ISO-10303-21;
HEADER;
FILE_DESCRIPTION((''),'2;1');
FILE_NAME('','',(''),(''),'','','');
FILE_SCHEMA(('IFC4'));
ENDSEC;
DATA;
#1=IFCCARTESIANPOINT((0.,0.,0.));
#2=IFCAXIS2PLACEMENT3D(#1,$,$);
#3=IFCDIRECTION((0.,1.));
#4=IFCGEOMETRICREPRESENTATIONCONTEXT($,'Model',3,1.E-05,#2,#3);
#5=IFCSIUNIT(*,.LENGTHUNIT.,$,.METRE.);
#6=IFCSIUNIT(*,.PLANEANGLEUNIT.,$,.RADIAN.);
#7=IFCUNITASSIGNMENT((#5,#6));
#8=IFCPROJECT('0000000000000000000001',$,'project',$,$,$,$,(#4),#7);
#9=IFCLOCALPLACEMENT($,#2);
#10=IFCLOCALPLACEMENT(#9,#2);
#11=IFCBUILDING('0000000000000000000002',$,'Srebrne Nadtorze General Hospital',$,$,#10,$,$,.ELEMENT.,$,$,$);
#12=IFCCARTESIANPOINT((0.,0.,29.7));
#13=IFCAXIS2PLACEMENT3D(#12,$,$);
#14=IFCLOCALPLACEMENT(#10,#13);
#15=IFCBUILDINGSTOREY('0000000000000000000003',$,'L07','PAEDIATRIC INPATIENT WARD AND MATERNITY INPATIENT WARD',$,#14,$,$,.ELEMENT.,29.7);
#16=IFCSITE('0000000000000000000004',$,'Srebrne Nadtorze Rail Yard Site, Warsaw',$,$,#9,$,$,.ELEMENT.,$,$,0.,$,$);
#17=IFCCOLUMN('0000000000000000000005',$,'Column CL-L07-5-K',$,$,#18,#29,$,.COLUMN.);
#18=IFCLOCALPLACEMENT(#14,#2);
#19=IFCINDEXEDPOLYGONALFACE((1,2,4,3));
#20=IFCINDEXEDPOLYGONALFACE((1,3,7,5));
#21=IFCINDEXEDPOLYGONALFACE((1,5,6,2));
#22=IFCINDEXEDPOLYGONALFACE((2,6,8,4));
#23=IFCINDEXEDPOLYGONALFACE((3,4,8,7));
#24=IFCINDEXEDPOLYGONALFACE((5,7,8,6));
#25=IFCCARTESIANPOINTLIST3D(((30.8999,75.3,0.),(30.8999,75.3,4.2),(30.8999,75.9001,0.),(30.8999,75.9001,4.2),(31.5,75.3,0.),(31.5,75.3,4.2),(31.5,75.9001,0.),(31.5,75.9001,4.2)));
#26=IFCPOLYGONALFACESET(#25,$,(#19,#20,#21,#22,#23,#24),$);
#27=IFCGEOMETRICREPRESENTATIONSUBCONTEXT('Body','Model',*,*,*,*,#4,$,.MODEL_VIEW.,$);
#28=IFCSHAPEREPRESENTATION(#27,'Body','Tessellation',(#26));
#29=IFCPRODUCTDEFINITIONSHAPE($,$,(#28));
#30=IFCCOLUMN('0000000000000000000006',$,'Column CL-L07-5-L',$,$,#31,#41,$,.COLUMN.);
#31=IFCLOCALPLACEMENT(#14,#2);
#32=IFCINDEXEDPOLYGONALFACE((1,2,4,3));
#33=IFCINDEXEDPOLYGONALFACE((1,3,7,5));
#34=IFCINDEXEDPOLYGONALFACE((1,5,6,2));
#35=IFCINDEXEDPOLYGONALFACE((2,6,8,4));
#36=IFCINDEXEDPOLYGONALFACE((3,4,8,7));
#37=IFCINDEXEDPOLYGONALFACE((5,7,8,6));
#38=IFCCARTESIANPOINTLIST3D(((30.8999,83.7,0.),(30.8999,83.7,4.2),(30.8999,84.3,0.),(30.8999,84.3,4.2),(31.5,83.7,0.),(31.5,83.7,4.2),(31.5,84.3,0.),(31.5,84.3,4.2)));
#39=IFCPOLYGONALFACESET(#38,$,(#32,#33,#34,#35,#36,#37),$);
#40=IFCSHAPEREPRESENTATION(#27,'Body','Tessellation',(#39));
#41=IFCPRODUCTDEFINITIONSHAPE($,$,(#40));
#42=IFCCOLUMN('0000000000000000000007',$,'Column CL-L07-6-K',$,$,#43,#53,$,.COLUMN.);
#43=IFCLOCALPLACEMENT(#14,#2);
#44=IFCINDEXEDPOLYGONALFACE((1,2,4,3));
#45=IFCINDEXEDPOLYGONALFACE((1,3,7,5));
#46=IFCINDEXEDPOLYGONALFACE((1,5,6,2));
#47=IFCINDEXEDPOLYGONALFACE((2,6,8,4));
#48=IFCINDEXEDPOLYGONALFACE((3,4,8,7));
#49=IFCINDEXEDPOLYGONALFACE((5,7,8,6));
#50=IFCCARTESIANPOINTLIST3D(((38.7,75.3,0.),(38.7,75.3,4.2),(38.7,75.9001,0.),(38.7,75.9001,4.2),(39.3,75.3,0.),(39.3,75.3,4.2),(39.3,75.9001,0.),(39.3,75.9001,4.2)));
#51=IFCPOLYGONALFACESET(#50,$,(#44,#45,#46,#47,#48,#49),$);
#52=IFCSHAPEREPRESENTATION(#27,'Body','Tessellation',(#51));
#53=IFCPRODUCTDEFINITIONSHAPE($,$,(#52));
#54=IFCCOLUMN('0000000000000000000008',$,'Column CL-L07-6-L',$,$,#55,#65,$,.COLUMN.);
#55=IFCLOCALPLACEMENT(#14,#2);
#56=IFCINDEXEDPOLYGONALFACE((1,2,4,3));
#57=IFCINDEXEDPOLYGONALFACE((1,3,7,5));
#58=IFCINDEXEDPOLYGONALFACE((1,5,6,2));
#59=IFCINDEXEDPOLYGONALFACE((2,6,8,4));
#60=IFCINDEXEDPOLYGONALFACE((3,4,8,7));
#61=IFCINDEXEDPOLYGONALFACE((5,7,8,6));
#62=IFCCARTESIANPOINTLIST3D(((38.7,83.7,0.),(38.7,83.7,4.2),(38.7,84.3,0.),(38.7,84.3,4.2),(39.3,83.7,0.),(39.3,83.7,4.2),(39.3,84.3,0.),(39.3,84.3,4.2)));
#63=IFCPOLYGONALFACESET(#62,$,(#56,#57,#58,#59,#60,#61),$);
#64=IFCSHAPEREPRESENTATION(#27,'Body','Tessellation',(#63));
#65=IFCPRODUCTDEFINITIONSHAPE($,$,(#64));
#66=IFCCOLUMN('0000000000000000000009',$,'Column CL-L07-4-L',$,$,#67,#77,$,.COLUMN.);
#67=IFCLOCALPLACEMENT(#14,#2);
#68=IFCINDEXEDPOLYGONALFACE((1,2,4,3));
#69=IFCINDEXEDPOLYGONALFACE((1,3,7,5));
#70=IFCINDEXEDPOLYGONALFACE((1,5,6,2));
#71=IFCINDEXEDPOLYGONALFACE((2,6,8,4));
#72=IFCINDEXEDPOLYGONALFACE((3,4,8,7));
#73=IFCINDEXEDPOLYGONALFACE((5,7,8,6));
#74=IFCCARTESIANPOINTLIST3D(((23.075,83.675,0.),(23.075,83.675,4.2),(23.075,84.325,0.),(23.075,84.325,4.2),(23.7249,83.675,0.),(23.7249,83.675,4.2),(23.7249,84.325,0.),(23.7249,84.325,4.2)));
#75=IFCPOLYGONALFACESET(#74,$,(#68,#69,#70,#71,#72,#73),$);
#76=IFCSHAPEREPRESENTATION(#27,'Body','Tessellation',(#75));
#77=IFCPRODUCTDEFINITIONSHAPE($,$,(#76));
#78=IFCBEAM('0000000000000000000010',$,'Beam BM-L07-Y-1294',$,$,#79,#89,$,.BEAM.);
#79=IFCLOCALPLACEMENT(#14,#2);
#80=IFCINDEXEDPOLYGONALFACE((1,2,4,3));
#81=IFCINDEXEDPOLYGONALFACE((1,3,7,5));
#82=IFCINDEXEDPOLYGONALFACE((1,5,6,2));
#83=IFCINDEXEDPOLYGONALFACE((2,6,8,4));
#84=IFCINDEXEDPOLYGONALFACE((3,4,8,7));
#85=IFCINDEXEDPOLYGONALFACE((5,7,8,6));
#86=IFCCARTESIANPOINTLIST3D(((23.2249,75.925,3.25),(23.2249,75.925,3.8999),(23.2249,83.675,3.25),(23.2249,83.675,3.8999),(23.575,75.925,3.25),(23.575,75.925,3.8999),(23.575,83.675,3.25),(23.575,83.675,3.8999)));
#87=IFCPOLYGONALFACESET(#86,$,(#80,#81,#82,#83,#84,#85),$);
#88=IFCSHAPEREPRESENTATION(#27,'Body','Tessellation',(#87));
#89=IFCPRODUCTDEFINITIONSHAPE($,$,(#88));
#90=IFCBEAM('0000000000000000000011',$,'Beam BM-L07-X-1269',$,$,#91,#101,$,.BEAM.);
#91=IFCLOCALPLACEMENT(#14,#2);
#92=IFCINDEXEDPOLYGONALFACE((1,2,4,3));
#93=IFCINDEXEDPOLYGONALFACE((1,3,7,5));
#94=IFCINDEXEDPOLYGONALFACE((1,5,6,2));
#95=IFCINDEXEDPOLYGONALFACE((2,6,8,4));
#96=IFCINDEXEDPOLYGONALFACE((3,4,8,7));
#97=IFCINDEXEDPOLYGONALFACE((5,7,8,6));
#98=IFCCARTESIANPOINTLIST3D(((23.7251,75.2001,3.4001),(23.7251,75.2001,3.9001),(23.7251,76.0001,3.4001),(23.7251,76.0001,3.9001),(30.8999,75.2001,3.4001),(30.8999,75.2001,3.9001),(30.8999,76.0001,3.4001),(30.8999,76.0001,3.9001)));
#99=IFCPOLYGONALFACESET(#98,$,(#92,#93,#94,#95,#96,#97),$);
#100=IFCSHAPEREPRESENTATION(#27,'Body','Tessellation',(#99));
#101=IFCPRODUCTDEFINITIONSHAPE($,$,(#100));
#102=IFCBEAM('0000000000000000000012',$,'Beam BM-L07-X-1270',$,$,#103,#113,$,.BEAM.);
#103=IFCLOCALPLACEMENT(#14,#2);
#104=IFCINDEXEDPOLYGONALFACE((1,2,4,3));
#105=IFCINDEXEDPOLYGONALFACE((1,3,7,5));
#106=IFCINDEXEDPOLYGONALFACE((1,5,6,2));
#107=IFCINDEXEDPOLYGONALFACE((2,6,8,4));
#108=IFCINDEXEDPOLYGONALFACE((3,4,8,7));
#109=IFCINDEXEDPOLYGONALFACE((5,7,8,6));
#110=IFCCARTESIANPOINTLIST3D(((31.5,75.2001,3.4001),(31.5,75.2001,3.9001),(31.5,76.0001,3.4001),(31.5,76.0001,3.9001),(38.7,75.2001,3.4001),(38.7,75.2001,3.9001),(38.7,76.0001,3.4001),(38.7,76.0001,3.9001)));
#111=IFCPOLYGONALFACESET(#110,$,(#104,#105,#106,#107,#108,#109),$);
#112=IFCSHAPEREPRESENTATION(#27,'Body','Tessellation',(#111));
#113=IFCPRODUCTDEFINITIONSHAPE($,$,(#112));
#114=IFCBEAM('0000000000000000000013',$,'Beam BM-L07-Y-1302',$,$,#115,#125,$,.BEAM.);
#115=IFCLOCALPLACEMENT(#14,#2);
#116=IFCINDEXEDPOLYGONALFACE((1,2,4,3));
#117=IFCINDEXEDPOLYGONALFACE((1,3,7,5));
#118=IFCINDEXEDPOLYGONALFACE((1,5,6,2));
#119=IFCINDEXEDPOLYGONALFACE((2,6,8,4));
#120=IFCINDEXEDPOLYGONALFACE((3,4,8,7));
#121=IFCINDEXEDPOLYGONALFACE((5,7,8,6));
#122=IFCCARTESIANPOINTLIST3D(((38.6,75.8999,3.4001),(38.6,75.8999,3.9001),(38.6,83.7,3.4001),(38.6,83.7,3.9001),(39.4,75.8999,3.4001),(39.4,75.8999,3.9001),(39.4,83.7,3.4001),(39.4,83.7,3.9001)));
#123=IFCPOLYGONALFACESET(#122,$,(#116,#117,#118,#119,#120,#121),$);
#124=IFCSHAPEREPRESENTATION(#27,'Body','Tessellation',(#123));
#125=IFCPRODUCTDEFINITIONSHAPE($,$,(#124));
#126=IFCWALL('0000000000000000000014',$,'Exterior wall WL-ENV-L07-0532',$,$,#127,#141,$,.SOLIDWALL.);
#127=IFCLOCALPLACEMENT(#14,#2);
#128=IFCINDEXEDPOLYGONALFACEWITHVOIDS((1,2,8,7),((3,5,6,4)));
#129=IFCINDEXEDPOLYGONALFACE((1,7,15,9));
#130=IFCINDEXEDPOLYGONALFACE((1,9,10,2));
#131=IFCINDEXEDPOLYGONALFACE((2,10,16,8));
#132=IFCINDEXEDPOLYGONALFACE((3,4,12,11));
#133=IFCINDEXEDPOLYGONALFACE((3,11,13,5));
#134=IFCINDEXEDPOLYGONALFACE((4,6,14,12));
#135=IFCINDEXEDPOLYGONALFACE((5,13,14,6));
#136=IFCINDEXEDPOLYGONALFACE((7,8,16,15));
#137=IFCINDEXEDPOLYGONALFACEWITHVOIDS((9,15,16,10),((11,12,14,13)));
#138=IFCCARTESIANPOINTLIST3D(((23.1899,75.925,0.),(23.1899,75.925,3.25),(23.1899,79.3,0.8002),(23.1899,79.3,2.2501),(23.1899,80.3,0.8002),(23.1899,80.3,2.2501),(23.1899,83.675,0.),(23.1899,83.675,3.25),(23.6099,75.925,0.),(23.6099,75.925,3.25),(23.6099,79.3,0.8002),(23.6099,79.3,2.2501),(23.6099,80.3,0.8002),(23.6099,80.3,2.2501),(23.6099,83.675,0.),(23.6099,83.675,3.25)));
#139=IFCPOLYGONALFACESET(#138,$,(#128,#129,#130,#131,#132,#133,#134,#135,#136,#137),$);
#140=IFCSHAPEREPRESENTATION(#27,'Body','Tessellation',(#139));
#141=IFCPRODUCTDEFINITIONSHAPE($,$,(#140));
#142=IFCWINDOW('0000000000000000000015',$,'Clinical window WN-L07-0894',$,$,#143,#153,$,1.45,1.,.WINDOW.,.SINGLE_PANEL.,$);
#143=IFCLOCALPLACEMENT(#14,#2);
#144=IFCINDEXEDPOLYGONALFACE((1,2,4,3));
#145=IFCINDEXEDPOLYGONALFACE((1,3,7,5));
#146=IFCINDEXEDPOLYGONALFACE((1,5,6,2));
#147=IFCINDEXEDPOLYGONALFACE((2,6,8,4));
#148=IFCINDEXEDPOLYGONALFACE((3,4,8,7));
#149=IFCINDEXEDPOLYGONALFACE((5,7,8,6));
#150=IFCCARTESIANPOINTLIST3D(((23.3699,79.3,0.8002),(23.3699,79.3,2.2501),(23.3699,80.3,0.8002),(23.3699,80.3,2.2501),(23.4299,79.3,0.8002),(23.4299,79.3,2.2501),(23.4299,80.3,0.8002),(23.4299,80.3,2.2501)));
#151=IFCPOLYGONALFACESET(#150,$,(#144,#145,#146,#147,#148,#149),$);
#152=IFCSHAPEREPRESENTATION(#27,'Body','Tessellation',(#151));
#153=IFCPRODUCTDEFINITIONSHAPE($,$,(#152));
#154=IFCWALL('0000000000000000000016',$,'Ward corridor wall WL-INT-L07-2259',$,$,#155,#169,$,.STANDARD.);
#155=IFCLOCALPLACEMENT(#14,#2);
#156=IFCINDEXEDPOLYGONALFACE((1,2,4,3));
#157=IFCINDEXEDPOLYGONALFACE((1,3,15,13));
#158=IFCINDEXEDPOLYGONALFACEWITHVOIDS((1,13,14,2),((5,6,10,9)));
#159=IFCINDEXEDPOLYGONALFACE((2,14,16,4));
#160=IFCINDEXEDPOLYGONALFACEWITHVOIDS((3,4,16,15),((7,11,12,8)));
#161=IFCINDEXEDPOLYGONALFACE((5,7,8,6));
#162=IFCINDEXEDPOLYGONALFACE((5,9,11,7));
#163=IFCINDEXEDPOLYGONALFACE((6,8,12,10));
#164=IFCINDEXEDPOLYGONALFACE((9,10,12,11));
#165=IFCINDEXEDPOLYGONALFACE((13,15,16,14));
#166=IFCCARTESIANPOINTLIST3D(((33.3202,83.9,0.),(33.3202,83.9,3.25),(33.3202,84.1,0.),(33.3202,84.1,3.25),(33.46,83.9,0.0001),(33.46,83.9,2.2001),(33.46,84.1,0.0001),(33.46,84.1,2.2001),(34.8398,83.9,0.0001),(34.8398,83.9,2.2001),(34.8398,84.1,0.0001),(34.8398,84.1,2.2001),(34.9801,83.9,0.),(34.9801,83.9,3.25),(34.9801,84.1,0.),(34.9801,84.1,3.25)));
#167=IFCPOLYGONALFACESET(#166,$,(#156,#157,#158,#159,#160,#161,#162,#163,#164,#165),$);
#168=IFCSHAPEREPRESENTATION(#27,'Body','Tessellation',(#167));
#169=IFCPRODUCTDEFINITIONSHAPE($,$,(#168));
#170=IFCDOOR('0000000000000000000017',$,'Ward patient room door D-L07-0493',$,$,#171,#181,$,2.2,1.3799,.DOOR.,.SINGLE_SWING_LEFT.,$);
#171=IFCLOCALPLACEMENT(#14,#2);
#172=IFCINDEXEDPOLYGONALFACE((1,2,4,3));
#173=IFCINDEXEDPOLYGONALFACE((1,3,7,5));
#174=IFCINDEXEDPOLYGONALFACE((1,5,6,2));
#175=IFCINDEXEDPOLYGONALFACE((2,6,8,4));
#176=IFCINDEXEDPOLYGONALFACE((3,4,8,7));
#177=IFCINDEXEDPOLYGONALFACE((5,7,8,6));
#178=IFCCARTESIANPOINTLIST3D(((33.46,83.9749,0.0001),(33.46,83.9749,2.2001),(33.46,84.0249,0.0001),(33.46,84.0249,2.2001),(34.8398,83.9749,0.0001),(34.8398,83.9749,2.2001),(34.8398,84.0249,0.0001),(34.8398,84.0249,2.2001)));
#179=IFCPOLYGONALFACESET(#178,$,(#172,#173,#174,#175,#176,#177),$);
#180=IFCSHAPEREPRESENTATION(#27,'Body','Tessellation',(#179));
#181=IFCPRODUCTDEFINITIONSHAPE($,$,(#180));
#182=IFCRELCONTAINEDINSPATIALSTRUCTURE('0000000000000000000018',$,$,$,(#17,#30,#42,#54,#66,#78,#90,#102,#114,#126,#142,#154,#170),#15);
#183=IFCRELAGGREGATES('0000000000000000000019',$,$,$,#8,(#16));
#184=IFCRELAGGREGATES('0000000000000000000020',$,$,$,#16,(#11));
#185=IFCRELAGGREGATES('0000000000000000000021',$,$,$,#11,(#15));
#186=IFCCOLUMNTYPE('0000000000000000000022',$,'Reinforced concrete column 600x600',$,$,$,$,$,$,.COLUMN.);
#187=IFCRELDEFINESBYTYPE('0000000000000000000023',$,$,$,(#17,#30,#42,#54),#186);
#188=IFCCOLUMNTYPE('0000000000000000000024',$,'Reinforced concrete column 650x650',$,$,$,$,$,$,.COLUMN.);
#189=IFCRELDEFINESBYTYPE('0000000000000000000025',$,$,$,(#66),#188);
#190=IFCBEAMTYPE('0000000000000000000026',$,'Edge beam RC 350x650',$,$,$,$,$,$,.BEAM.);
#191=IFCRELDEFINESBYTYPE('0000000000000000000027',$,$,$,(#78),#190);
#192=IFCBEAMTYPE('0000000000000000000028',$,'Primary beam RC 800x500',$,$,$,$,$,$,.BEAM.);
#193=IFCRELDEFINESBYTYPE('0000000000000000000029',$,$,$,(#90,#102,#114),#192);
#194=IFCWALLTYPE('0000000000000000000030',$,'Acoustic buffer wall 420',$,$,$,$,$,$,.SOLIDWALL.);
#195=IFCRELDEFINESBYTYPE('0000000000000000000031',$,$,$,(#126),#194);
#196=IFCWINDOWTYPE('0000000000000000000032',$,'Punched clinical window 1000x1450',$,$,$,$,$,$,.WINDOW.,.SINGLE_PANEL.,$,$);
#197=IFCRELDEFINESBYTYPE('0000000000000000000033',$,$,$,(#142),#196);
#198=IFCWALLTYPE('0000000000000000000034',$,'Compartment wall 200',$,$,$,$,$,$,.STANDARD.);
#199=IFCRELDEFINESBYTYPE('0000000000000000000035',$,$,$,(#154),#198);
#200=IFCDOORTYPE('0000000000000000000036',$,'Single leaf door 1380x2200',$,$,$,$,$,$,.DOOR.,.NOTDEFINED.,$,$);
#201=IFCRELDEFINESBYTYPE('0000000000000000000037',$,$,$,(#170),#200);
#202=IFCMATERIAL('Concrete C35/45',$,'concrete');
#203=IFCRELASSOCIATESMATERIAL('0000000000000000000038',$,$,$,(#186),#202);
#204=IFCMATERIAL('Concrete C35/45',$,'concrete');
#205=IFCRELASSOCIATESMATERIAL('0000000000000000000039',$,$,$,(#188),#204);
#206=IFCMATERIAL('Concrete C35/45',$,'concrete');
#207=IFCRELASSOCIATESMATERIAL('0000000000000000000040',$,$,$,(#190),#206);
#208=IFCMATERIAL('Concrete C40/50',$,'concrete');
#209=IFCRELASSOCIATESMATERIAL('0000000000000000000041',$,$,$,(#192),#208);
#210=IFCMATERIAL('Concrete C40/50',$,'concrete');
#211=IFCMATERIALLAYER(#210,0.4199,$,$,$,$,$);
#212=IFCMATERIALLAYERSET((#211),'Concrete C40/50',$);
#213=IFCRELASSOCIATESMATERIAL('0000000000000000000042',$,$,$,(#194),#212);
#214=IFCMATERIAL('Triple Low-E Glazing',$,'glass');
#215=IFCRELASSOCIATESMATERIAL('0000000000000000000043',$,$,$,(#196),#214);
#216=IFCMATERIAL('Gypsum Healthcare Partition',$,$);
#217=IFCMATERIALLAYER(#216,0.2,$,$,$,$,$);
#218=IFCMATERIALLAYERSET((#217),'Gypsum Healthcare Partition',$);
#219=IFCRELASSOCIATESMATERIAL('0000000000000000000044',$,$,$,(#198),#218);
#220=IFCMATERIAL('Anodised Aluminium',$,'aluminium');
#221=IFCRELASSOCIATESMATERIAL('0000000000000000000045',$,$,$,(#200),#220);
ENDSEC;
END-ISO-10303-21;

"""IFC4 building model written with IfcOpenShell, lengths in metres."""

from ifc_helpers import new_model, si_unit, direction, frame, frame_2d, origin, origin_2d, place, context, subcontext, project, spatial, rectangle, extrude, material, layer, layer_set, material_profile, profile_set, type_object, element, fill, save


model = new_model("IFC4")

# Units and contexts
model_context = context("Model", 3, precision=1e-05, world=origin(), true_north=direction((0.0, 1.0)))
body_context = subcontext(model_context, "Body", "Model", "MODEL_VIEW")
ifc_project = project(units=[si_unit("LENGTHUNIT", "METRE"), si_unit("PLANEANGLEUNIT", "RADIAN")], contexts=[model_context])

# Site, building, storey
site_placement = place(None, origin())
site = spatial("IfcSite", under=ifc_project, at=site_placement, Name="Srebrne Nadtorze Rail Yard Site, Warsaw", CompositionType="ELEMENT", RefElevation=0.0)
building_placement = place(site_placement, origin())
building = spatial("IfcBuilding", under=site, at=building_placement, Name="Srebrne Nadtorze General Hospital", CompositionType="ELEMENT")
storey_placement = place(building_placement, frame((0.0, 0.0, 29.7)))
storey = spatial("IfcBuildingStorey", under=building, at=storey_placement, Name="L07", Description="PAEDIATRIC INPATIENT WARD AND MATERNITY INPATIENT WARD", CompositionType="ELEMENT", Elevation=29.7)

# Columns
ifc_material_1 = material(Name="Concrete C35/45", Category="concrete")
ifc_material_profile_1 = material_profile(ifc_material_1, rectangle(XDim=0.6001, YDim=0.6001, at=origin_2d()), Name="RC-COL-600x600")
ifc_profile_set_1 = profile_set([ifc_material_profile_1], Name="Concrete C35/45")
column_type_1 = type_object("IfcColumnType", Name="Reinforced concrete column 600x600", PredefinedType="COLUMN", material=ifc_profile_set_1)
for number, where, z_axis, x_axis, name in (
    (1, (31.2, 75.6001, 0.0), (0.0, 0.0, 1.0), (1.0, 0.0, 0.0), "Column CL-L07-5-K"),
    (2, (31.2, 84.0, 0.0), (0.0, 0.0, 1.0), (1.0, 0.0, 0.0), "Column CL-L07-5-L"),
    (3, (39.0, 75.6001, 0.0), (0.0, 0.0, 1.0), (1.0, 0.0, 0.0), "Column CL-L07-6-K"),
    (4, (39.0, 84.0, 0.0), (0.0, 0.0, 1.0), (1.0, 0.0, 0.0), "Column CL-L07-6-L"),
):
    element("IfcColumn", number, at=place(storey_placement, frame(where, z_axis=z_axis, x_axis=x_axis)), inside=storey, type_object=column_type_1, Name=name, PredefinedType="COLUMN", context=body_context, shape_type="SweptSolid", body=[
        extrude(rectangle(XDim=0.6001, YDim=0.6001, at=origin_2d()), origin(), (0.0, 0.0, 1.0), 4.2),
    ])
ifc_material_2 = material(Name="Concrete C35/45", Category="concrete")
ifc_material_profile_2 = material_profile(ifc_material_2, rectangle(XDim=0.6499, YDim=0.6499, at=origin_2d()), Name="RC-COL-650x650")
ifc_profile_set_2 = profile_set([ifc_material_profile_2], Name="Concrete C35/45")
column_type_2 = type_object("IfcColumnType", Name="Reinforced concrete column 650x650", PredefinedType="COLUMN", material=ifc_profile_set_2)
column_placement = place(storey_placement, frame((23.3999, 84.0, 0.0), z_axis=(0.0, 0.0, 1.0), x_axis=(1.0, 0.0, 0.0)))
element("IfcColumn", 5, at=column_placement, inside=storey, type_object=column_type_2, Name="Column CL-L07-4-L", PredefinedType="COLUMN", context=body_context, shape_type="SweptSolid", body=[
    extrude(rectangle(XDim=0.6499, YDim=0.6499, at=origin_2d()), origin(), (0.0, 0.0, 1.0), 4.2),
])

# Beams
ifc_material_3 = material(Name="Concrete C35/45", Category="concrete")
ifc_material_profile_3 = material_profile(ifc_material_3, rectangle(XDim=0.3501, YDim=0.6499, at=origin_2d()), Name="RC-BM-350x650")
ifc_profile_set_3 = profile_set([ifc_material_profile_3], Name="Concrete C35/45")
beam_type_1 = type_object("IfcBeamType", Name="Edge beam RC 350x650", PredefinedType="BEAM", material=ifc_profile_set_3)
beam_1_placement = place(storey_placement, frame((23.3999, 75.925, 3.575), z_axis=(0.0, 1.0, 0.0), x_axis=(-1.0, 0.0, 0.0)))
element("IfcBeam", 6, at=beam_1_placement, inside=storey, type_object=beam_type_1, Name="Beam BM-L07-Y-1294", PredefinedType="BEAM", context=body_context, shape_type="SweptSolid", body=[
    extrude(rectangle(XDim=0.3501, YDim=0.6499, at=origin_2d()), origin(), (0.0, 0.0, 1.0), 7.75),
])
ifc_material_4 = material(Name="Concrete C40/50", Category="concrete")
ifc_material_profile_4 = material_profile(ifc_material_4, rectangle(XDim=0.8, YDim=0.5, at=origin_2d()), Name="RC-BM-800x500")
ifc_profile_set_4 = profile_set([ifc_material_profile_4], Name="Concrete C40/50")
beam_type_2 = type_object("IfcBeamType", Name="Primary beam RC 800x500", PredefinedType="BEAM", material=ifc_profile_set_4)
beam_2_placement = place(storey_placement, frame((23.7251, 75.6001, 3.6501), z_axis=(1.0, 0.0, 0.0), x_axis=(0.0, 1.0, 0.0)))
element("IfcBeam", 7, at=beam_2_placement, inside=storey, type_object=beam_type_2, Name="Beam BM-L07-X-1269", PredefinedType="BEAM", context=body_context, shape_type="SweptSolid", body=[
    extrude(rectangle(XDim=0.8, YDim=0.5, at=origin_2d()), origin(), (0.0, 0.0, 1.0), 7.1748),
])
beam_3_placement = place(storey_placement, frame((31.5, 75.6001, 3.6501), z_axis=(1.0, 0.0, 0.0), x_axis=(0.0, 1.0, 0.0)))
element("IfcBeam", 8, at=beam_3_placement, inside=storey, type_object=beam_type_2, Name="Beam BM-L07-X-1270", PredefinedType="BEAM", context=body_context, shape_type="SweptSolid", body=[
    extrude(rectangle(XDim=0.8, YDim=0.5, at=origin_2d()), origin(), (0.0, 0.0, 1.0), 7.2),
])
beam_4_placement = place(storey_placement, frame((39.0, 75.8999, 3.6501), z_axis=(0.0, 1.0, 0.0), x_axis=(-1.0, 0.0, 0.0)))
element("IfcBeam", 9, at=beam_4_placement, inside=storey, type_object=beam_type_2, Name="Beam BM-L07-Y-1302", PredefinedType="BEAM", context=body_context, shape_type="SweptSolid", body=[
    extrude(rectangle(XDim=0.8, YDim=0.5, at=origin_2d()), origin(), (0.0, 0.0, 1.0), 7.8),
])

# Wall, opening, window
ifc_material_5 = material(Name="Concrete C40/50", Category="concrete")
ifc_layer_1 = layer(ifc_material_5, 0.4199)
ifc_layer_set_1 = layer_set([ifc_layer_1], Name="Concrete C40/50")
wall_type_1 = type_object("IfcWallType", Name="Acoustic buffer wall 420", PredefinedType="SOLIDWALL", material=ifc_layer_set_1)
wall_1_placement = place(storey_placement, frame((23.3999, 75.925, 0.0), z_axis=(0.0, 0.0, 1.0), x_axis=(0.0, 1.0, 0.0)))
wall_1 = element("IfcWall", 10, at=wall_1_placement, inside=storey, type_object=wall_type_1, Name="Exterior wall WL-ENV-L07-0532", PredefinedType="SOLIDWALL", context=body_context, shape_type="SweptSolid", body=[
    extrude(rectangle(XDim=7.75, YDim=0.4199, at=frame_2d((3.875, 0.0))), origin(), (0.0, 0.0, 1.0), 3.25),
])
opening_1_placement = place(wall_1_placement, frame((3.375, 0.0, 0.8)))
opening_1 = element("IfcOpeningElement", 11, at=opening_1_placement, cuts=wall_1, PredefinedType="OPENING", context=body_context, shape_type="SweptSolid", body=[
    extrude(rectangle(XDim=1.0, YDim=1.45, at=frame_2d((0.5, 0.7251))), frame((0.0, 0.2219, 0.0), z_axis=(0.0, -1.0, 0.0), x_axis=(1.0, 0.0, 0.0)), (0.0, 0.0, 1.0), 0.4438),
])
ifc_material_6 = material(Name="Triple Low-E Glazing", Category="glass")
window_type = type_object("IfcWindowType", Name="Punched clinical window 1000x1450", PartitioningType="SINGLE_PANEL", PredefinedType="WINDOW", material=ifc_material_6)
window_placement = place(opening_1_placement, origin())
window = element("IfcWindow", 12, at=window_placement, inside=storey, type_object=window_type, Name="Clinical window WN-L07-0894", OverallHeight=1.45, OverallWidth=1.0, PartitioningType="SINGLE_PANEL", PredefinedType="WINDOW", context=body_context, shape_type="SweptSolid", body=[
    extrude(rectangle(XDim=1.0, YDim=1.45, at=frame_2d((0.5, 0.7251))), frame((0.0, 0.03, 0.0), z_axis=(0.0, -1.0, 0.0), x_axis=(1.0, 0.0, 0.0)), (0.0, 0.0, 1.0), 0.0601),
])
fill(opening_1, window)

# Wall, opening, door
ifc_material_7 = material(Name="Gypsum Healthcare Partition")
ifc_layer_2 = layer(ifc_material_7, 0.2)
ifc_layer_set_2 = layer_set([ifc_layer_2], Name="Gypsum Healthcare Partition")
wall_type_2 = type_object("IfcWallType", Name="Compartment wall 200", PredefinedType="STANDARD", material=ifc_layer_set_2)
wall_2_placement = place(storey_placement, frame((33.3201, 84.0, 0.0), z_axis=(0.0, 0.0, 1.0), x_axis=(1.0, 0.0, 0.0)))
wall_2 = element("IfcWall", 13, at=wall_2_placement, inside=storey, type_object=wall_type_2, Name="Ward corridor wall WL-INT-L07-2259", PredefinedType="STANDARD", context=body_context, shape_type="SweptSolid", body=[
    extrude(rectangle(XDim=1.6599, YDim=0.2, at=frame_2d((0.8301, 0.0))), origin(), (0.0, 0.0, 1.0), 3.25),
])
opening_2_placement = place(wall_2_placement, frame((0.1399, 0.0, 0.0)))
opening_2 = element("IfcOpeningElement", 14, at=opening_2_placement, cuts=wall_2, PredefinedType="OPENING", context=body_context, shape_type="SweptSolid", body=[
    extrude(rectangle(XDim=1.3799, YDim=2.2, at=frame_2d((0.6899, 1.1001))), frame((0.0, 0.1118, 0.0), z_axis=(0.0, -1.0, 0.0), x_axis=(1.0, 0.0, 0.0)), (0.0, 0.0, 1.0), 0.2239),
])
ifc_material_8 = material(Name="Anodised Aluminium", Category="aluminium")
door_type_1 = type_object("IfcDoorType", Name="Single leaf door 1380x2200", OperationType="NOTDEFINED", PredefinedType="DOOR", material=ifc_material_8)
door_1_placement = place(opening_2_placement, origin())
door_1 = element("IfcDoor", 15, at=door_1_placement, inside=storey, type_object=door_type_1, Name="Ward patient room door D-L07-0493", OperationType="SINGLE_SWING_LEFT", OverallHeight=2.2, OverallWidth=1.3799, PredefinedType="DOOR", context=body_context, shape_type="SweptSolid", body=[
    extrude(rectangle(XDim=1.3799, YDim=2.2, at=frame_2d((0.6899, 1.1001))), frame((0.0, 0.0249, 0.0), z_axis=(0.0, -1.0, 0.0), x_axis=(1.0, 0.0, 0.0)), (0.0, 0.0, 1.0), 0.05),
])
fill(opening_2, door_1)

save(model, "model.ifc")
